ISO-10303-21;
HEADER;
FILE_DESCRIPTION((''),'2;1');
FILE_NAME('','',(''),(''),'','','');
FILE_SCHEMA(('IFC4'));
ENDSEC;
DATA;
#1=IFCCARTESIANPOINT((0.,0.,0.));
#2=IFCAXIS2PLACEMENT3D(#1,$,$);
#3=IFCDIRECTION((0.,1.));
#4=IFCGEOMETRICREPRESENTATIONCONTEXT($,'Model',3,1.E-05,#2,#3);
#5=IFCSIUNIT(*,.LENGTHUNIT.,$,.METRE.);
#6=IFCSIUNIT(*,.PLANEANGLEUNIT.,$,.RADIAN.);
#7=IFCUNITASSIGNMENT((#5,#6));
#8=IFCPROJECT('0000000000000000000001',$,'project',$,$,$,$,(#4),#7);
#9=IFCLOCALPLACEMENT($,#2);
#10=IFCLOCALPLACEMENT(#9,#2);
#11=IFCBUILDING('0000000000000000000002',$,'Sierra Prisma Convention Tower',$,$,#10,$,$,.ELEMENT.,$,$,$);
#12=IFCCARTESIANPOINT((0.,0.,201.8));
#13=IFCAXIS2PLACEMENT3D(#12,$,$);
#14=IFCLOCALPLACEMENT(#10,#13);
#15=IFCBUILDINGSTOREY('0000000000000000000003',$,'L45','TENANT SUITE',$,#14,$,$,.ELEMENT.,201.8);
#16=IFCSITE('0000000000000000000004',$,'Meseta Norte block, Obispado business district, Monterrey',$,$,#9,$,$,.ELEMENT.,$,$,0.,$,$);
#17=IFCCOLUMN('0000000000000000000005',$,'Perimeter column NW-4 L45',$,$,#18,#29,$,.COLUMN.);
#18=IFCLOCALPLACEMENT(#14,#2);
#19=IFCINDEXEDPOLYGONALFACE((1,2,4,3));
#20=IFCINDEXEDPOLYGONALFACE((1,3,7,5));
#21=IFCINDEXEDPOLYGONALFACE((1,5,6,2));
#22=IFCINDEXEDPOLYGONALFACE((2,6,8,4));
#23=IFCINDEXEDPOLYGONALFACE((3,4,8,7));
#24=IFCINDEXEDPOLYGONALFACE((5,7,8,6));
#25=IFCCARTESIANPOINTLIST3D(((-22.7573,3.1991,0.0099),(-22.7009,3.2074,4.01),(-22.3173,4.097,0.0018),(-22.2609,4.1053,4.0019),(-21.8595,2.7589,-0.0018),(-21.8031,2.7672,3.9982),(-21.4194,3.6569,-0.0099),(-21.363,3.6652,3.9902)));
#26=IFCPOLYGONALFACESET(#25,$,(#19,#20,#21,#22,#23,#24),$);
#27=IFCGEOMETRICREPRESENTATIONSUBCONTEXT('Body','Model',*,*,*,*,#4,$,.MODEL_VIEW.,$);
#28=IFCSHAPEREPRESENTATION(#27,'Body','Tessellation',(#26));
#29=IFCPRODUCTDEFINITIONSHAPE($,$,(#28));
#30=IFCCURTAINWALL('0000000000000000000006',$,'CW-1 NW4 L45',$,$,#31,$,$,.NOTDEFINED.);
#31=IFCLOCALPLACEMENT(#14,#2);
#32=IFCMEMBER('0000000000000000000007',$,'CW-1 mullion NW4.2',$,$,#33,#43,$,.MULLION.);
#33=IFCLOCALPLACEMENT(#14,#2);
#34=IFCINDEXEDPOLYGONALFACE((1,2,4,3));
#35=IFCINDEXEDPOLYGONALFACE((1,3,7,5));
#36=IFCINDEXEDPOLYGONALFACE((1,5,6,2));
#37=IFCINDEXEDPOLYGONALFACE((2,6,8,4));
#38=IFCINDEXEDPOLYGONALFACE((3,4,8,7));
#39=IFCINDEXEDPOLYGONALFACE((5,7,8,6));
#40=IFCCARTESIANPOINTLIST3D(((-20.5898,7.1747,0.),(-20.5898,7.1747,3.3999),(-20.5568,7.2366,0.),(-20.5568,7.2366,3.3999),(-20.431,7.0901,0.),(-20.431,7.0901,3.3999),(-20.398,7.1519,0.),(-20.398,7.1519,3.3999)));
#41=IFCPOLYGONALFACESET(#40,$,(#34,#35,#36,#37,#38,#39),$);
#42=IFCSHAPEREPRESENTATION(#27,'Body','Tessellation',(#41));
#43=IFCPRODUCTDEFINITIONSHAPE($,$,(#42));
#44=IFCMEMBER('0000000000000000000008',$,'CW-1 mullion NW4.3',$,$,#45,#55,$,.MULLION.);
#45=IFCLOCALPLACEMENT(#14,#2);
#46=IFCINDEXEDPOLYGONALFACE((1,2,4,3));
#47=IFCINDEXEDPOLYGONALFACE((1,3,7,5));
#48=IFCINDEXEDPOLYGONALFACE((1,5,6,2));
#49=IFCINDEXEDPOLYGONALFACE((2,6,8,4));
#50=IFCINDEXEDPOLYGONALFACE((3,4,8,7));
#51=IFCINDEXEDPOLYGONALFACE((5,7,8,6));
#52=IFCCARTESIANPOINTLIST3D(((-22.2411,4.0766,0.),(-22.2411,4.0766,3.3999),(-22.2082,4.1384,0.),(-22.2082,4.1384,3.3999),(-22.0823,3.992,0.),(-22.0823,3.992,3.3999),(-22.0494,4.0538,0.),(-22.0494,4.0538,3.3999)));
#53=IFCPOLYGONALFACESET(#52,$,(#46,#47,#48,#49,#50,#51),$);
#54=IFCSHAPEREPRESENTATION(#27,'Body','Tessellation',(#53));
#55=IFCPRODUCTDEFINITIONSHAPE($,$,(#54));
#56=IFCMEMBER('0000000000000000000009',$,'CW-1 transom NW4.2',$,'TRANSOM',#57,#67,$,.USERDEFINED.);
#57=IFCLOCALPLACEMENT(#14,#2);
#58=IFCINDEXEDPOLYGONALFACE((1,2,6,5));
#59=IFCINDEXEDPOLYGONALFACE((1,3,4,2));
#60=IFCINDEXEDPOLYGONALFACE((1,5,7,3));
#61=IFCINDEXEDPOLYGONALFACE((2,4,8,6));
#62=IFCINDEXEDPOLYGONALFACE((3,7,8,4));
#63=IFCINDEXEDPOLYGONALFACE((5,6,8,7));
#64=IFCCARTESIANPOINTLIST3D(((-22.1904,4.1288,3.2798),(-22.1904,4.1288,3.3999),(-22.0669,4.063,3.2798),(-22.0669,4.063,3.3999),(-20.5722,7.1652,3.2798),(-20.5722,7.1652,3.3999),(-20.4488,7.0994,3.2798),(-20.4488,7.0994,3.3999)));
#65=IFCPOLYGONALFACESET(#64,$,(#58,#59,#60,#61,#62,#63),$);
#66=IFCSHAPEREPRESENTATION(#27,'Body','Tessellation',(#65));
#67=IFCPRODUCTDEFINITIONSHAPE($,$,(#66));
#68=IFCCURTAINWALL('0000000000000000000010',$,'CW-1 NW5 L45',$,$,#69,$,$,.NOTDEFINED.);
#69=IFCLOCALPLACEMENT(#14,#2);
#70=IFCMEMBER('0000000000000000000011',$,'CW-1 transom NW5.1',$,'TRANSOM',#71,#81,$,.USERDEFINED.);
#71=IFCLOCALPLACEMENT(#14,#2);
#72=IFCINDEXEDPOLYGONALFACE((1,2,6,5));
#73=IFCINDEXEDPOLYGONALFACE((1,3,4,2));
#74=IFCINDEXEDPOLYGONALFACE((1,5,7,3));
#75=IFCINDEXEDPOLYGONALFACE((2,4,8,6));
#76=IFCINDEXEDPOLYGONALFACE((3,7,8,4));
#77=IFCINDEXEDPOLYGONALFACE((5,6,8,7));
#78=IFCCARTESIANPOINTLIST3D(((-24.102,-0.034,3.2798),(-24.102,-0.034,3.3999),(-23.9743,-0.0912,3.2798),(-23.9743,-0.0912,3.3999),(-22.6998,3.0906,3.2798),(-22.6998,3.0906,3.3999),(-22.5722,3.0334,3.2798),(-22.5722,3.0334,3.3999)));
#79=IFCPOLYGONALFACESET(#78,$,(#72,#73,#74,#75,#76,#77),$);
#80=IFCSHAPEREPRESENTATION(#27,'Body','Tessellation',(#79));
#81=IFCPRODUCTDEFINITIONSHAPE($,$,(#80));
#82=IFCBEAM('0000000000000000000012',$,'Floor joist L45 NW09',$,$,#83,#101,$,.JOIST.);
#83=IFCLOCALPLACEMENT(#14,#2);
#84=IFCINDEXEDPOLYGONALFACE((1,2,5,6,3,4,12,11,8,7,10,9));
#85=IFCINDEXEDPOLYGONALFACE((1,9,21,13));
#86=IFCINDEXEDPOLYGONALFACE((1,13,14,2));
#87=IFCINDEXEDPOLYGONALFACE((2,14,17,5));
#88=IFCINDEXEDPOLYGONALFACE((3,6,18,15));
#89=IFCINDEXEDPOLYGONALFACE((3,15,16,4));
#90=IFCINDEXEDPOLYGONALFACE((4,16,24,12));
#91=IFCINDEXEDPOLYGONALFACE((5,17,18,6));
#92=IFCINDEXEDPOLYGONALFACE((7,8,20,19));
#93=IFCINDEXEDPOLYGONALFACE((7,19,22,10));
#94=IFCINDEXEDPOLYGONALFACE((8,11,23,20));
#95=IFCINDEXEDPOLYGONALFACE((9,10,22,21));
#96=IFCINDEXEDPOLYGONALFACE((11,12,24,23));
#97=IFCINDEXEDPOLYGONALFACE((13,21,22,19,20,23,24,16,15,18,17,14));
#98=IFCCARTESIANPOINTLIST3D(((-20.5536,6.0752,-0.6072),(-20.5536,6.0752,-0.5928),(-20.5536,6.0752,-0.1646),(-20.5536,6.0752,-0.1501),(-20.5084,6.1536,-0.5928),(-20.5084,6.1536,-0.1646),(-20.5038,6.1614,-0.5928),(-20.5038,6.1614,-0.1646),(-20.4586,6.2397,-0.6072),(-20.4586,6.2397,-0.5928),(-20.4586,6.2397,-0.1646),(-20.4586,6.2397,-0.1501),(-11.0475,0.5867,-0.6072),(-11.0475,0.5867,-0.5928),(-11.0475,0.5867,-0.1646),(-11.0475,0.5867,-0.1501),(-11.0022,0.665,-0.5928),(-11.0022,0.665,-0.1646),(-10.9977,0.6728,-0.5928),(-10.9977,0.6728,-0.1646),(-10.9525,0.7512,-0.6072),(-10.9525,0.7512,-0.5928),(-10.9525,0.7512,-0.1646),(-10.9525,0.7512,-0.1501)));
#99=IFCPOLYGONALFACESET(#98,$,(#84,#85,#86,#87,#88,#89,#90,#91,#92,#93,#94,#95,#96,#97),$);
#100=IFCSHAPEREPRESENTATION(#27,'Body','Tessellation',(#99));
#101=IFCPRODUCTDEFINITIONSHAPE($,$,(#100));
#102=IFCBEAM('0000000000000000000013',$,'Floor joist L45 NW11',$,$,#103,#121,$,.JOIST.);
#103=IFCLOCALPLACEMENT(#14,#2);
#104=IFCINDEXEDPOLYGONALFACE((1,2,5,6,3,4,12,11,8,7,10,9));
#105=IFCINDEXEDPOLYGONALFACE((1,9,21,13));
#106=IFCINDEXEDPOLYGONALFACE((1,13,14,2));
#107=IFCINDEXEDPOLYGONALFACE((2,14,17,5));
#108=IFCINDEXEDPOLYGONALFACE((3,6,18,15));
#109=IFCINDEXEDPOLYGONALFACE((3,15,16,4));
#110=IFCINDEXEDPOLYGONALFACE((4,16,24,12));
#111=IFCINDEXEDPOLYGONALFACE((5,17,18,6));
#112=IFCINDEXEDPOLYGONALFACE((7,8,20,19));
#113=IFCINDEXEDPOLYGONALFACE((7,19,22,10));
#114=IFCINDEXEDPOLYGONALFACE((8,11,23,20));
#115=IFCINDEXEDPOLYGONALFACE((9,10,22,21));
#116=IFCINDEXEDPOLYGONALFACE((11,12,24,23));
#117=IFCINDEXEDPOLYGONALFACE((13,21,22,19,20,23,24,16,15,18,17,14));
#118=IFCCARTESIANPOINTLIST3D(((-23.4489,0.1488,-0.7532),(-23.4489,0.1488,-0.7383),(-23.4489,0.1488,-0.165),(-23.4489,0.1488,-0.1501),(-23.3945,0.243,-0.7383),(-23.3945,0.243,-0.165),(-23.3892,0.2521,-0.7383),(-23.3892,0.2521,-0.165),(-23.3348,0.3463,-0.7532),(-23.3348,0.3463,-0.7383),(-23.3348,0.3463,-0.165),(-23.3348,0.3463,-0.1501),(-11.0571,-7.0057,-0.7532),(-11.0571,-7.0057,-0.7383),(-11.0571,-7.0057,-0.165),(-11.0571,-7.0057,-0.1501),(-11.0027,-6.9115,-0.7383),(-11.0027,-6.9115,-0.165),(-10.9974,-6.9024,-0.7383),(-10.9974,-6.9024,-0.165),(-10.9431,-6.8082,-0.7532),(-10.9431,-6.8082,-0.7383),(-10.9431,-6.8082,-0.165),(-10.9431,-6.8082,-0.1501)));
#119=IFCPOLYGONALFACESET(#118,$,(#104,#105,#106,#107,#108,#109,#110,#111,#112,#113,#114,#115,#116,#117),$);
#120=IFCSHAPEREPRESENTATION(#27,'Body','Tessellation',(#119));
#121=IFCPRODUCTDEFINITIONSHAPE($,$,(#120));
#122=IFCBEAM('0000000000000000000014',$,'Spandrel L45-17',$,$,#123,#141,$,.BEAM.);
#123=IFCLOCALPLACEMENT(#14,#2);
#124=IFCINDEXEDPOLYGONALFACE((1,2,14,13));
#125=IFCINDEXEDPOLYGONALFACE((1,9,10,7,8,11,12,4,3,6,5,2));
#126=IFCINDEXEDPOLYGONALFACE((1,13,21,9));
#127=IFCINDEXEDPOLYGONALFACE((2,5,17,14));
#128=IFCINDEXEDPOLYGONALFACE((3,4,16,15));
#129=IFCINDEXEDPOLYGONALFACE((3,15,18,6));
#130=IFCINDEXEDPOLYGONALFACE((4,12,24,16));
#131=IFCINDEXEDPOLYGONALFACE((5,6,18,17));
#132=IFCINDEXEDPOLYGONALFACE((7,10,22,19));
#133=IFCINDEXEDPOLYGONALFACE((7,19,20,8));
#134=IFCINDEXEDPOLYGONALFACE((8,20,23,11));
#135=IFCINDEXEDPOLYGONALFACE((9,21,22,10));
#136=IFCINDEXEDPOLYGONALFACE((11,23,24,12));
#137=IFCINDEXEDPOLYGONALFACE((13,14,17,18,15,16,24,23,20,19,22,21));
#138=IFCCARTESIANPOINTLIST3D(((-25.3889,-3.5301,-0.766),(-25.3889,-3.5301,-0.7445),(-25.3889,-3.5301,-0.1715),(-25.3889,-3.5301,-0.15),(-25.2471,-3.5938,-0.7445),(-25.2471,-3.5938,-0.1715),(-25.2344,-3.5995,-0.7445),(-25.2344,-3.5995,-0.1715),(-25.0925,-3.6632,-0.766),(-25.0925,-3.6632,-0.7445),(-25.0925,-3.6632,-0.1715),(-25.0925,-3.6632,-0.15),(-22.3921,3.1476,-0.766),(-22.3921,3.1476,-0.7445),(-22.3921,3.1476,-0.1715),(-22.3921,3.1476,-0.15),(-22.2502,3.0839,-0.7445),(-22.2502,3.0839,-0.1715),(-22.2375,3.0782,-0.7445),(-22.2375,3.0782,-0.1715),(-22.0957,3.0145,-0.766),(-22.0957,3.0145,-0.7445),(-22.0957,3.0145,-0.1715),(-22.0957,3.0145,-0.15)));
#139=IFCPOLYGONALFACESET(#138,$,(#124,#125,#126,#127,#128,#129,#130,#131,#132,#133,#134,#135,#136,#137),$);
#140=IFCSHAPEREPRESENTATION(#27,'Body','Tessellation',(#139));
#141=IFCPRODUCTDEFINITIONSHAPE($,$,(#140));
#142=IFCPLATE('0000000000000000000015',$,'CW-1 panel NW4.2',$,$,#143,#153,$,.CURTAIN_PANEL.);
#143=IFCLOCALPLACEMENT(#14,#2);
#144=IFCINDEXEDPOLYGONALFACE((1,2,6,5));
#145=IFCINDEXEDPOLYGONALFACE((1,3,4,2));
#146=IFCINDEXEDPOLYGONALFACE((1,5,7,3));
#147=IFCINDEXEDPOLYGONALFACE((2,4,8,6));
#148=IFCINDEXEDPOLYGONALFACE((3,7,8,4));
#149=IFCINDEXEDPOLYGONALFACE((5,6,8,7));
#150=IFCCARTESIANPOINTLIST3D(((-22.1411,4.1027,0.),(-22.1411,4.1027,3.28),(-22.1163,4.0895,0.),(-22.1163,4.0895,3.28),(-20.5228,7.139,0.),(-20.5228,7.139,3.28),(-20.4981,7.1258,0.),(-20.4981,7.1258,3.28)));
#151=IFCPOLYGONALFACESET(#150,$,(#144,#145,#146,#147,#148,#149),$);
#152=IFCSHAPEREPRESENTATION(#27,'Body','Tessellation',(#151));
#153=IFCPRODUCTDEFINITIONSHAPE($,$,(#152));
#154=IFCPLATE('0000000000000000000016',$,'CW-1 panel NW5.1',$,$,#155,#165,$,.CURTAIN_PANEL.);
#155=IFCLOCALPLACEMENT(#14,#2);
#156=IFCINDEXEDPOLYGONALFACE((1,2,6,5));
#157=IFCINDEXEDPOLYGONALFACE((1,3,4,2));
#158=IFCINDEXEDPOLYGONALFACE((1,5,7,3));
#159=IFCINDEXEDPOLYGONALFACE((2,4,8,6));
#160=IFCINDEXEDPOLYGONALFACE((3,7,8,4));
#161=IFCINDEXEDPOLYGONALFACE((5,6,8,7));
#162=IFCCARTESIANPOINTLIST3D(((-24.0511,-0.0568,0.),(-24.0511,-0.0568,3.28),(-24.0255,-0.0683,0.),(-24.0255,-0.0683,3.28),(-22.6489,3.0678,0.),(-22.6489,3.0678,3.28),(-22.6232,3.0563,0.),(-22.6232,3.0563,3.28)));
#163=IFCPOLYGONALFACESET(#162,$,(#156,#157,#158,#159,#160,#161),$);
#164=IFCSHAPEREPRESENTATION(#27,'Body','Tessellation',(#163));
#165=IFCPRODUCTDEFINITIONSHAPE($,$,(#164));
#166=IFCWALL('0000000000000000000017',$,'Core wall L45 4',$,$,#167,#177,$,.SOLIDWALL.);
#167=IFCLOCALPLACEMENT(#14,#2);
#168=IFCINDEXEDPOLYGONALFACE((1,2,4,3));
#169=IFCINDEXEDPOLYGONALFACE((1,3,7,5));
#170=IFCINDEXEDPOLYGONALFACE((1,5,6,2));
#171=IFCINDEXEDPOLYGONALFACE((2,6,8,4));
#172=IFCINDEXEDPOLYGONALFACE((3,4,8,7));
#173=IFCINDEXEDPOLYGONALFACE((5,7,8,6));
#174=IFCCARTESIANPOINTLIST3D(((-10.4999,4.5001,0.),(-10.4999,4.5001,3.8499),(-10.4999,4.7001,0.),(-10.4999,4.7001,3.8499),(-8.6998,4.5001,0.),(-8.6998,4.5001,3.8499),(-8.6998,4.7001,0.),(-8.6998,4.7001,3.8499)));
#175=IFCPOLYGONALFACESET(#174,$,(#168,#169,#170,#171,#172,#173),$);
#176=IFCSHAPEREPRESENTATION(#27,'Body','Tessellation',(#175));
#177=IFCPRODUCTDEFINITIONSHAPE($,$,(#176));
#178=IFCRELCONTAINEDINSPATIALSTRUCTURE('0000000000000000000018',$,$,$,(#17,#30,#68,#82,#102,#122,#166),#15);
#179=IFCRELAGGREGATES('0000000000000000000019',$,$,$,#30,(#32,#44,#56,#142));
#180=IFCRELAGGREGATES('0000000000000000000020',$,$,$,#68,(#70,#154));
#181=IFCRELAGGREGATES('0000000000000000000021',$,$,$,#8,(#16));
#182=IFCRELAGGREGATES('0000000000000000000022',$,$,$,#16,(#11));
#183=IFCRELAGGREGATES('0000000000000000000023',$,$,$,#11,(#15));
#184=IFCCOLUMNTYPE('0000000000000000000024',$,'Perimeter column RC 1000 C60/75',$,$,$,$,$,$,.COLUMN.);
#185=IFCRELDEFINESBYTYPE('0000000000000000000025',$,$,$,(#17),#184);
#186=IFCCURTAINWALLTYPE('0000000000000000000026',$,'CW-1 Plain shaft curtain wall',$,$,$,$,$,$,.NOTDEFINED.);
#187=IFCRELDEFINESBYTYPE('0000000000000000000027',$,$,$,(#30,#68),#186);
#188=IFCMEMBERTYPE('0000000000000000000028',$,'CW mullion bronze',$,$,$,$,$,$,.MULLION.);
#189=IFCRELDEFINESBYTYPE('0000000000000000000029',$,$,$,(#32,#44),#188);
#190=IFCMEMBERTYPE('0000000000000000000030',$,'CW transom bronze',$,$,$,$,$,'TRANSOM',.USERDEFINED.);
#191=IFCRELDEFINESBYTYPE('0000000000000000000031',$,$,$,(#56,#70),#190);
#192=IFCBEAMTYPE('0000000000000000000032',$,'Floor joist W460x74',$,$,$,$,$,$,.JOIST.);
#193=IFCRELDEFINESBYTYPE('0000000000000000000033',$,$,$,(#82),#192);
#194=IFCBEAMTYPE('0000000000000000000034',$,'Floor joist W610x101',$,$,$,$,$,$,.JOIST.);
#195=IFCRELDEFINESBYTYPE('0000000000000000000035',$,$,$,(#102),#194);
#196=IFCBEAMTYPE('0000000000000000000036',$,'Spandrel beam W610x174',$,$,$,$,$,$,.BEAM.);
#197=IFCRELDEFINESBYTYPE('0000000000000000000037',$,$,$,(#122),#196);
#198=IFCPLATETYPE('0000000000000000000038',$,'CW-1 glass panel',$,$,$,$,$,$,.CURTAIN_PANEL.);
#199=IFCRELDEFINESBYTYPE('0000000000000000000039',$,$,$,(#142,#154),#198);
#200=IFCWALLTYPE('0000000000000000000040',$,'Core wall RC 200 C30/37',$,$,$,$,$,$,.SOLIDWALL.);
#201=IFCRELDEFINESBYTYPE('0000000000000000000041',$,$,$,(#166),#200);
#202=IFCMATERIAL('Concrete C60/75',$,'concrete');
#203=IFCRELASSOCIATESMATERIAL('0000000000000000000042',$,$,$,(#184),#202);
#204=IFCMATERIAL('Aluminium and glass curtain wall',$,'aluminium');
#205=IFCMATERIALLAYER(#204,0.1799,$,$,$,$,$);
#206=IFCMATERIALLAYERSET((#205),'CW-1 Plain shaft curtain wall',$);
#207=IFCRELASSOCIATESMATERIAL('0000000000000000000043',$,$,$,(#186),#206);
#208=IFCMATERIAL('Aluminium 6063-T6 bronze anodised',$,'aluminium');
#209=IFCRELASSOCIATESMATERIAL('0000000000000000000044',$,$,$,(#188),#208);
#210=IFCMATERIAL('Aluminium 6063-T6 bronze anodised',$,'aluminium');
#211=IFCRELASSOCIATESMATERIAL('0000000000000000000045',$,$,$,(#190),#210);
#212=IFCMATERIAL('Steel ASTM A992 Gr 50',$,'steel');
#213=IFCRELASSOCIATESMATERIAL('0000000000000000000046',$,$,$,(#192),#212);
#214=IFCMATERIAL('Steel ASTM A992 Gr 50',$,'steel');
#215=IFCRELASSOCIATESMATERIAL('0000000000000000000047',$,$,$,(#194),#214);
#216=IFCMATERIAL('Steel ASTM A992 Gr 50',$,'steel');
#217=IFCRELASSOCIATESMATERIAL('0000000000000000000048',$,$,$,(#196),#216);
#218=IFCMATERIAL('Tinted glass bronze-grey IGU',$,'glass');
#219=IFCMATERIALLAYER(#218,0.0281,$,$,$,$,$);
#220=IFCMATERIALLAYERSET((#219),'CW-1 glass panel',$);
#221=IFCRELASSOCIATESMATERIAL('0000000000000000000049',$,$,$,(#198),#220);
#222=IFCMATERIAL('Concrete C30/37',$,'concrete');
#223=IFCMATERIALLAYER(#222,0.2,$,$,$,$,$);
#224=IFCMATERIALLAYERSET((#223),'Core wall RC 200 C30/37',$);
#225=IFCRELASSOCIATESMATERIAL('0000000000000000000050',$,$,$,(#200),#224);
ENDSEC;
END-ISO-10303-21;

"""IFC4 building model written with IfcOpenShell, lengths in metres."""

from ifc_helpers import new_model, si_unit, direction, frame, frame_2d, origin, origin_2d, place, context, subcontext, project, spatial, rectangle, i_section, extrude, material, layer, layer_set, material_profile, profile_set, type_object, element, aggregate, save


model = new_model("IFC4")

# Units and contexts
model_context = context("Model", 3, precision=1e-05, world=origin(), true_north=direction((0.0, 1.0)))
body_context = subcontext(model_context, "Body", "Model", "MODEL_VIEW")
ifc_project = project(units=[si_unit("LENGTHUNIT", "METRE"), si_unit("PLANEANGLEUNIT", "RADIAN")], contexts=[model_context])

# Site, building, storey
site_placement = place(None, origin())
site = spatial("IfcSite", under=ifc_project, at=site_placement, Name="Meseta Norte block, Obispado business district, Monterrey", CompositionType="ELEMENT", RefElevation=0.0)
building_placement = place(site_placement, origin())
building = spatial("IfcBuilding", under=site, at=building_placement, Name="Sierra Prisma Convention Tower", CompositionType="ELEMENT")
storey_placement = place(building_placement, frame((0.0, 0.0, 201.8)))
storey = spatial("IfcBuildingStorey", under=building, at=storey_placement, Name="L45", Description="TENANT SUITE", CompositionType="ELEMENT", Elevation=201.8)

# Column
ifc_material_1 = material(Name="Concrete C60/75", Category="concrete")
ifc_material_profile_1 = material_profile(ifc_material_1, rectangle(XDim=1.0, YDim=1.0, at=origin_2d()), Name="Perimeter column RC 1000 C60/75")
ifc_profile_set_1 = profile_set([ifc_material_profile_1], Name="Concrete C60/75")
column_type = type_object("IfcColumnType", Name="Perimeter column RC 1000 C60/75", PredefinedType="COLUMN", material=ifc_profile_set_1)
column_placement = place(storey_placement, frame((-22.0884, 3.428, 0.0), z_axis=(0.014098, 0.002075, 0.999898), x_axis=(0.440091, 0.897917, -0.008068)))
element("IfcColumn", 1, at=column_placement, inside=storey, type_object=column_type, Name="Perimeter column NW-4 L45", PredefinedType="COLUMN", context=body_context, shape_type="SweptSolid", body=[
    extrude(rectangle(XDim=1.0, YDim=1.0, at=origin_2d()), origin(), (0.0, 0.0, 1.0), 4.0005),
])

# Curtain wall, members
ifc_material_2 = material(Name="Aluminium and glass curtain wall", Category="aluminium")
ifc_layer_1 = layer(ifc_material_2, 0.1799)
ifc_layer_set_1 = layer_set([ifc_layer_1], Name="CW-1 Plain shaft curtain wall")
curtain_wall_type = type_object("IfcCurtainWallType", Name="CW-1 Plain shaft curtain wall", PredefinedType="NOTDEFINED", material=ifc_layer_set_1)
curtain_wall_1_placement = place(storey_placement, origin())
curtain_wall_1 = element("IfcCurtainWall", 2, at=curtain_wall_1_placement, inside=storey, type_object=curtain_wall_type, Name="CW-1 NW4 L45", PredefinedType="NOTDEFINED")
ifc_material_3 = material(Name="Aluminium 6063-T6 bronze anodised", Category="aluminium")
ifc_material_profile_2 = material_profile(ifc_material_3, rectangle(XDim=0.1799, YDim=0.0701, at=origin_2d()), Name="ALU MULLION 70x180")
ifc_profile_set_2 = profile_set([ifc_material_profile_2], Name="Aluminium 6063-T6 bronze anodised")
member_type_1 = type_object("IfcMemberType", Name="CW mullion bronze", PredefinedType="MULLION", material=ifc_profile_set_2)
member_1_placement = place(storey_placement, frame((-20.4939, 7.1633, 0.0), z_axis=(0.0, 0.0, 1.0), x_axis=(0.882486, -0.470338, 0.0)))
member_1 = element("IfcMember", 3, at=member_1_placement, type_object=member_type_1, Name="CW-1 mullion NW4.2", PredefinedType="MULLION", context=body_context, shape_type="SweptSolid", body=[
    extrude(rectangle(XDim=0.1799, YDim=0.0701, at=origin_2d()), origin(), (0.0, 0.0, 1.0), 3.3999),
])
member_2_placement = place(storey_placement, frame((-22.1453, 4.0652, 0.0), z_axis=(0.0, 0.0, 1.0), x_axis=(0.882486, -0.470338, 0.0)))
member_2 = element("IfcMember", 4, at=member_2_placement, type_object=member_type_1, Name="CW-1 mullion NW4.3", PredefinedType="MULLION", context=body_context, shape_type="SweptSolid", body=[
    extrude(rectangle(XDim=0.1799, YDim=0.0701, at=origin_2d()), origin(), (0.0, 0.0, 1.0), 3.3999),
])
ifc_material_4 = material(Name="Aluminium 6063-T6 bronze anodised", Category="aluminium")
ifc_material_profile_3 = material_profile(ifc_material_4, rectangle(XDim=0.1399, YDim=0.1201, at=origin_2d()), Name="ALU TRANSOM 120x140")
ifc_profile_set_3 = profile_set([ifc_material_profile_3], Name="Aluminium 6063-T6 bronze anodised")
member_type_2 = type_object("IfcMemberType", Name="CW transom bronze", ElementType="TRANSOM", PredefinedType="USERDEFINED", material=ifc_profile_set_3)
member_3_placement = place(storey_placement, frame((-20.5105, 7.1323, 3.3398), z_axis=(-0.470308, -0.882502, 0.0), x_axis=(0.882502, -0.470308, 0.0)))
member_3 = element("IfcMember", 5, at=member_3_placement, type_object=member_type_2, Name="CW-1 transom NW4.2", ObjectType="TRANSOM", PredefinedType="USERDEFINED", context=body_context, shape_type="SweptSolid", body=[
    extrude(rectangle(XDim=0.1399, YDim=0.1201, at=origin_2d()), origin(), (0.0, 0.0, 1.0), 3.4407),
])

# Curtain wall, member
curtain_wall_2_placement = place(storey_placement, origin())
curtain_wall_2 = element("IfcCurtainWall", 6, at=curtain_wall_2_placement, inside=storey, type_object=curtain_wall_type, Name="CW-1 NW5 L45", PredefinedType="NOTDEFINED")
member_4_placement = place(storey_placement, frame((-22.636, 3.062, 3.3398), z_axis=(-0.40941, -0.912351, 0.0), x_axis=(0.912351, -0.40941, 0.0)))
member_4 = element("IfcMember", 7, at=member_4_placement, type_object=member_type_2, Name="CW-1 transom NW5.1", ObjectType="TRANSOM", PredefinedType="USERDEFINED", context=body_context, shape_type="SweptSolid", body=[
    extrude(rectangle(XDim=0.1399, YDim=0.1201, at=origin_2d()), origin(), (0.0, 0.0, 1.0), 3.4248),
])

# Beams
ifc_material_5 = material(Name="Steel ASTM A992 Gr 50", Category="steel")
ifc_material_profile_4 = material_profile(ifc_material_5, i_section(OverallWidth=0.1899, OverallDepth=0.457, WebThickness=0.009, FlangeThickness=0.0144, at=origin_2d()), Name="W460x74")
ifc_profile_set_4 = profile_set([ifc_material_profile_4], Name="Steel ASTM A992 Gr 50")
beam_type_1 = type_object("IfcBeamType", Name="Floor joist W460x74", PredefinedType="JOIST", material=ifc_profile_set_4)
beam_1_placement = place(storey_placement, frame((-20.5061, 6.1575, -0.3787), z_axis=(0.866019, -0.500012, 0.0), x_axis=(0.500012, 0.866019, 0.0)))
element("IfcBeam", 8, at=beam_1_placement, inside=storey, type_object=beam_type_1, Name="Floor joist L45 NW09", PredefinedType="JOIST", context=body_context, shape_type="SweptSolid", body=[
    extrude(i_section(OverallWidth=0.1899, OverallDepth=0.457, WebThickness=0.009, FlangeThickness=0.0144, at=origin_2d()), origin(), (0.0, 0.0, 1.0), 10.9768),
])
ifc_material_6 = material(Name="Steel ASTM A992 Gr 50", Category="steel")
ifc_material_profile_5 = material_profile(ifc_material_6, i_section(OverallWidth=0.228, OverallDepth=0.603, WebThickness=0.0105, FlangeThickness=0.0149, at=origin_2d()), Name="W610x101")
ifc_profile_set_5 = profile_set([ifc_material_profile_5], Name="Steel ASTM A992 Gr 50")
beam_type_2 = type_object("IfcBeamType", Name="Floor joist W610x101", PredefinedType="JOIST", material=ifc_profile_set_5)
beam_2_placement = place(storey_placement, frame((-23.3918, 0.2476, -0.4517), z_axis=(0.866022, -0.500006, 0.0), x_axis=(0.500006, 0.866022, 0.0)))
element("IfcBeam", 9, at=beam_2_placement, inside=storey, type_object=beam_type_2, Name="Floor joist L45 NW11", PredefinedType="JOIST", context=body_context, shape_type="SweptSolid", body=[
    extrude(i_section(OverallWidth=0.228, OverallDepth=0.603, WebThickness=0.0105, FlangeThickness=0.0149, at=origin_2d()), origin(), (0.0, 0.0, 1.0), 14.3088),
])
ifc_material_7 = material(Name="Steel ASTM A992 Gr 50", Category="steel")
ifc_material_profile_6 = material_profile(ifc_material_7, i_section(OverallWidth=0.325, OverallDepth=0.616, WebThickness=0.0139, FlangeThickness=0.0215, at=origin_2d()), Name="W610x174")
ifc_profile_set_6 = profile_set([ifc_material_profile_6], Name="Steel ASTM A992 Gr 50")
beam_type_3 = type_object("IfcBeamType", Name="Spandrel beam W610x174", PredefinedType="BEAM", material=ifc_profile_set_6)
beam_3_placement = place(storey_placement, frame((-22.2439, 3.0811, -0.458), z_axis=(-0.409438, -0.912338, 0.0), x_axis=(0.912338, -0.409438, 0.0)))
element("IfcBeam", 10, at=beam_3_placement, inside=storey, type_object=beam_type_3, Name="Spandrel L45-17", PredefinedType="BEAM", context=body_context, shape_type="SweptSolid", body=[
    extrude(i_section(OverallWidth=0.325, OverallDepth=0.616, WebThickness=0.0139, FlangeThickness=0.0215, at=origin_2d()), origin(), (0.0, 0.0, 1.0), 7.3193),
])

# Plates
ifc_material_8 = material(Name="Tinted glass bronze-grey IGU", Category="glass")
ifc_layer_2 = layer(ifc_material_8, 0.0281)
ifc_layer_set_2 = layer_set([ifc_layer_2], Name="CW-1 glass panel")
plate_type = type_object("IfcPlateType", Name="CW-1 glass panel", PredefinedType="CURTAIN_PANEL", material=ifc_layer_set_2)
plate_1_placement = place(storey_placement, frame((-21.3196, 5.6143, 0.0), z_axis=(0.0, 0.0, 1.0), x_axis=(-0.470338, -0.882486, 0.0)))
plate_1 = element("IfcPlate", 11, at=plate_1_placement, type_object=plate_type, Name="CW-1 panel NW4.2", PredefinedType="CURTAIN_PANEL", context=body_context, shape_type="SweptSolid", body=[
    extrude(rectangle(XDim=3.4407, YDim=0.0281, at=origin_2d()), origin(), (0.0, 0.0, 1.0), 3.28),
])
aggregate(curtain_wall_1, [member_1, member_2, member_3, plate_1])
plate_2_placement = place(storey_placement, frame((-23.3372, 1.4998, 0.0), z_axis=(0.0, 0.0, 1.0), x_axis=(-0.409426, -0.912343, 0.0)))
plate_2 = element("IfcPlate", 12, at=plate_2_placement, type_object=plate_type, Name="CW-1 panel NW5.1", PredefinedType="CURTAIN_PANEL", context=body_context, shape_type="SweptSolid", body=[
    extrude(rectangle(XDim=3.4248, YDim=0.0281, at=origin_2d()), origin(), (0.0, 0.0, 1.0), 3.28),
])
aggregate(curtain_wall_2, [member_4, plate_2])

# Shared definitions
ifc_material_9 = material(Name="Concrete C30/37", Category="concrete")
ifc_layer_3 = layer(ifc_material_9, 0.2)
ifc_layer_set_3 = layer_set([ifc_layer_3], Name="Core wall RC 200 C30/37")
wall_type_1 = type_object("IfcWallType", Name="Core wall RC 200 C30/37", PredefinedType="SOLIDWALL", material=ifc_layer_set_3)

# Wall
wall_1_placement = place(storey_placement, frame((-8.7, 4.6001, 0.0), z_axis=(0.0, 0.0, 1.0), x_axis=(-1.0, 0.0, 0.0)))
element("IfcWall", 13, at=wall_1_placement, inside=storey, type_object=wall_type_1, Name="Core wall L45 4", PredefinedType="SOLIDWALL", context=body_context, shape_type="SweptSolid", body=[
    extrude(rectangle(XDim=1.8, YDim=0.2, at=frame_2d((0.8999, 0.0))), origin(), (0.0, 0.0, 1.0), 3.8499),
])

save(model, "model.ifc")
